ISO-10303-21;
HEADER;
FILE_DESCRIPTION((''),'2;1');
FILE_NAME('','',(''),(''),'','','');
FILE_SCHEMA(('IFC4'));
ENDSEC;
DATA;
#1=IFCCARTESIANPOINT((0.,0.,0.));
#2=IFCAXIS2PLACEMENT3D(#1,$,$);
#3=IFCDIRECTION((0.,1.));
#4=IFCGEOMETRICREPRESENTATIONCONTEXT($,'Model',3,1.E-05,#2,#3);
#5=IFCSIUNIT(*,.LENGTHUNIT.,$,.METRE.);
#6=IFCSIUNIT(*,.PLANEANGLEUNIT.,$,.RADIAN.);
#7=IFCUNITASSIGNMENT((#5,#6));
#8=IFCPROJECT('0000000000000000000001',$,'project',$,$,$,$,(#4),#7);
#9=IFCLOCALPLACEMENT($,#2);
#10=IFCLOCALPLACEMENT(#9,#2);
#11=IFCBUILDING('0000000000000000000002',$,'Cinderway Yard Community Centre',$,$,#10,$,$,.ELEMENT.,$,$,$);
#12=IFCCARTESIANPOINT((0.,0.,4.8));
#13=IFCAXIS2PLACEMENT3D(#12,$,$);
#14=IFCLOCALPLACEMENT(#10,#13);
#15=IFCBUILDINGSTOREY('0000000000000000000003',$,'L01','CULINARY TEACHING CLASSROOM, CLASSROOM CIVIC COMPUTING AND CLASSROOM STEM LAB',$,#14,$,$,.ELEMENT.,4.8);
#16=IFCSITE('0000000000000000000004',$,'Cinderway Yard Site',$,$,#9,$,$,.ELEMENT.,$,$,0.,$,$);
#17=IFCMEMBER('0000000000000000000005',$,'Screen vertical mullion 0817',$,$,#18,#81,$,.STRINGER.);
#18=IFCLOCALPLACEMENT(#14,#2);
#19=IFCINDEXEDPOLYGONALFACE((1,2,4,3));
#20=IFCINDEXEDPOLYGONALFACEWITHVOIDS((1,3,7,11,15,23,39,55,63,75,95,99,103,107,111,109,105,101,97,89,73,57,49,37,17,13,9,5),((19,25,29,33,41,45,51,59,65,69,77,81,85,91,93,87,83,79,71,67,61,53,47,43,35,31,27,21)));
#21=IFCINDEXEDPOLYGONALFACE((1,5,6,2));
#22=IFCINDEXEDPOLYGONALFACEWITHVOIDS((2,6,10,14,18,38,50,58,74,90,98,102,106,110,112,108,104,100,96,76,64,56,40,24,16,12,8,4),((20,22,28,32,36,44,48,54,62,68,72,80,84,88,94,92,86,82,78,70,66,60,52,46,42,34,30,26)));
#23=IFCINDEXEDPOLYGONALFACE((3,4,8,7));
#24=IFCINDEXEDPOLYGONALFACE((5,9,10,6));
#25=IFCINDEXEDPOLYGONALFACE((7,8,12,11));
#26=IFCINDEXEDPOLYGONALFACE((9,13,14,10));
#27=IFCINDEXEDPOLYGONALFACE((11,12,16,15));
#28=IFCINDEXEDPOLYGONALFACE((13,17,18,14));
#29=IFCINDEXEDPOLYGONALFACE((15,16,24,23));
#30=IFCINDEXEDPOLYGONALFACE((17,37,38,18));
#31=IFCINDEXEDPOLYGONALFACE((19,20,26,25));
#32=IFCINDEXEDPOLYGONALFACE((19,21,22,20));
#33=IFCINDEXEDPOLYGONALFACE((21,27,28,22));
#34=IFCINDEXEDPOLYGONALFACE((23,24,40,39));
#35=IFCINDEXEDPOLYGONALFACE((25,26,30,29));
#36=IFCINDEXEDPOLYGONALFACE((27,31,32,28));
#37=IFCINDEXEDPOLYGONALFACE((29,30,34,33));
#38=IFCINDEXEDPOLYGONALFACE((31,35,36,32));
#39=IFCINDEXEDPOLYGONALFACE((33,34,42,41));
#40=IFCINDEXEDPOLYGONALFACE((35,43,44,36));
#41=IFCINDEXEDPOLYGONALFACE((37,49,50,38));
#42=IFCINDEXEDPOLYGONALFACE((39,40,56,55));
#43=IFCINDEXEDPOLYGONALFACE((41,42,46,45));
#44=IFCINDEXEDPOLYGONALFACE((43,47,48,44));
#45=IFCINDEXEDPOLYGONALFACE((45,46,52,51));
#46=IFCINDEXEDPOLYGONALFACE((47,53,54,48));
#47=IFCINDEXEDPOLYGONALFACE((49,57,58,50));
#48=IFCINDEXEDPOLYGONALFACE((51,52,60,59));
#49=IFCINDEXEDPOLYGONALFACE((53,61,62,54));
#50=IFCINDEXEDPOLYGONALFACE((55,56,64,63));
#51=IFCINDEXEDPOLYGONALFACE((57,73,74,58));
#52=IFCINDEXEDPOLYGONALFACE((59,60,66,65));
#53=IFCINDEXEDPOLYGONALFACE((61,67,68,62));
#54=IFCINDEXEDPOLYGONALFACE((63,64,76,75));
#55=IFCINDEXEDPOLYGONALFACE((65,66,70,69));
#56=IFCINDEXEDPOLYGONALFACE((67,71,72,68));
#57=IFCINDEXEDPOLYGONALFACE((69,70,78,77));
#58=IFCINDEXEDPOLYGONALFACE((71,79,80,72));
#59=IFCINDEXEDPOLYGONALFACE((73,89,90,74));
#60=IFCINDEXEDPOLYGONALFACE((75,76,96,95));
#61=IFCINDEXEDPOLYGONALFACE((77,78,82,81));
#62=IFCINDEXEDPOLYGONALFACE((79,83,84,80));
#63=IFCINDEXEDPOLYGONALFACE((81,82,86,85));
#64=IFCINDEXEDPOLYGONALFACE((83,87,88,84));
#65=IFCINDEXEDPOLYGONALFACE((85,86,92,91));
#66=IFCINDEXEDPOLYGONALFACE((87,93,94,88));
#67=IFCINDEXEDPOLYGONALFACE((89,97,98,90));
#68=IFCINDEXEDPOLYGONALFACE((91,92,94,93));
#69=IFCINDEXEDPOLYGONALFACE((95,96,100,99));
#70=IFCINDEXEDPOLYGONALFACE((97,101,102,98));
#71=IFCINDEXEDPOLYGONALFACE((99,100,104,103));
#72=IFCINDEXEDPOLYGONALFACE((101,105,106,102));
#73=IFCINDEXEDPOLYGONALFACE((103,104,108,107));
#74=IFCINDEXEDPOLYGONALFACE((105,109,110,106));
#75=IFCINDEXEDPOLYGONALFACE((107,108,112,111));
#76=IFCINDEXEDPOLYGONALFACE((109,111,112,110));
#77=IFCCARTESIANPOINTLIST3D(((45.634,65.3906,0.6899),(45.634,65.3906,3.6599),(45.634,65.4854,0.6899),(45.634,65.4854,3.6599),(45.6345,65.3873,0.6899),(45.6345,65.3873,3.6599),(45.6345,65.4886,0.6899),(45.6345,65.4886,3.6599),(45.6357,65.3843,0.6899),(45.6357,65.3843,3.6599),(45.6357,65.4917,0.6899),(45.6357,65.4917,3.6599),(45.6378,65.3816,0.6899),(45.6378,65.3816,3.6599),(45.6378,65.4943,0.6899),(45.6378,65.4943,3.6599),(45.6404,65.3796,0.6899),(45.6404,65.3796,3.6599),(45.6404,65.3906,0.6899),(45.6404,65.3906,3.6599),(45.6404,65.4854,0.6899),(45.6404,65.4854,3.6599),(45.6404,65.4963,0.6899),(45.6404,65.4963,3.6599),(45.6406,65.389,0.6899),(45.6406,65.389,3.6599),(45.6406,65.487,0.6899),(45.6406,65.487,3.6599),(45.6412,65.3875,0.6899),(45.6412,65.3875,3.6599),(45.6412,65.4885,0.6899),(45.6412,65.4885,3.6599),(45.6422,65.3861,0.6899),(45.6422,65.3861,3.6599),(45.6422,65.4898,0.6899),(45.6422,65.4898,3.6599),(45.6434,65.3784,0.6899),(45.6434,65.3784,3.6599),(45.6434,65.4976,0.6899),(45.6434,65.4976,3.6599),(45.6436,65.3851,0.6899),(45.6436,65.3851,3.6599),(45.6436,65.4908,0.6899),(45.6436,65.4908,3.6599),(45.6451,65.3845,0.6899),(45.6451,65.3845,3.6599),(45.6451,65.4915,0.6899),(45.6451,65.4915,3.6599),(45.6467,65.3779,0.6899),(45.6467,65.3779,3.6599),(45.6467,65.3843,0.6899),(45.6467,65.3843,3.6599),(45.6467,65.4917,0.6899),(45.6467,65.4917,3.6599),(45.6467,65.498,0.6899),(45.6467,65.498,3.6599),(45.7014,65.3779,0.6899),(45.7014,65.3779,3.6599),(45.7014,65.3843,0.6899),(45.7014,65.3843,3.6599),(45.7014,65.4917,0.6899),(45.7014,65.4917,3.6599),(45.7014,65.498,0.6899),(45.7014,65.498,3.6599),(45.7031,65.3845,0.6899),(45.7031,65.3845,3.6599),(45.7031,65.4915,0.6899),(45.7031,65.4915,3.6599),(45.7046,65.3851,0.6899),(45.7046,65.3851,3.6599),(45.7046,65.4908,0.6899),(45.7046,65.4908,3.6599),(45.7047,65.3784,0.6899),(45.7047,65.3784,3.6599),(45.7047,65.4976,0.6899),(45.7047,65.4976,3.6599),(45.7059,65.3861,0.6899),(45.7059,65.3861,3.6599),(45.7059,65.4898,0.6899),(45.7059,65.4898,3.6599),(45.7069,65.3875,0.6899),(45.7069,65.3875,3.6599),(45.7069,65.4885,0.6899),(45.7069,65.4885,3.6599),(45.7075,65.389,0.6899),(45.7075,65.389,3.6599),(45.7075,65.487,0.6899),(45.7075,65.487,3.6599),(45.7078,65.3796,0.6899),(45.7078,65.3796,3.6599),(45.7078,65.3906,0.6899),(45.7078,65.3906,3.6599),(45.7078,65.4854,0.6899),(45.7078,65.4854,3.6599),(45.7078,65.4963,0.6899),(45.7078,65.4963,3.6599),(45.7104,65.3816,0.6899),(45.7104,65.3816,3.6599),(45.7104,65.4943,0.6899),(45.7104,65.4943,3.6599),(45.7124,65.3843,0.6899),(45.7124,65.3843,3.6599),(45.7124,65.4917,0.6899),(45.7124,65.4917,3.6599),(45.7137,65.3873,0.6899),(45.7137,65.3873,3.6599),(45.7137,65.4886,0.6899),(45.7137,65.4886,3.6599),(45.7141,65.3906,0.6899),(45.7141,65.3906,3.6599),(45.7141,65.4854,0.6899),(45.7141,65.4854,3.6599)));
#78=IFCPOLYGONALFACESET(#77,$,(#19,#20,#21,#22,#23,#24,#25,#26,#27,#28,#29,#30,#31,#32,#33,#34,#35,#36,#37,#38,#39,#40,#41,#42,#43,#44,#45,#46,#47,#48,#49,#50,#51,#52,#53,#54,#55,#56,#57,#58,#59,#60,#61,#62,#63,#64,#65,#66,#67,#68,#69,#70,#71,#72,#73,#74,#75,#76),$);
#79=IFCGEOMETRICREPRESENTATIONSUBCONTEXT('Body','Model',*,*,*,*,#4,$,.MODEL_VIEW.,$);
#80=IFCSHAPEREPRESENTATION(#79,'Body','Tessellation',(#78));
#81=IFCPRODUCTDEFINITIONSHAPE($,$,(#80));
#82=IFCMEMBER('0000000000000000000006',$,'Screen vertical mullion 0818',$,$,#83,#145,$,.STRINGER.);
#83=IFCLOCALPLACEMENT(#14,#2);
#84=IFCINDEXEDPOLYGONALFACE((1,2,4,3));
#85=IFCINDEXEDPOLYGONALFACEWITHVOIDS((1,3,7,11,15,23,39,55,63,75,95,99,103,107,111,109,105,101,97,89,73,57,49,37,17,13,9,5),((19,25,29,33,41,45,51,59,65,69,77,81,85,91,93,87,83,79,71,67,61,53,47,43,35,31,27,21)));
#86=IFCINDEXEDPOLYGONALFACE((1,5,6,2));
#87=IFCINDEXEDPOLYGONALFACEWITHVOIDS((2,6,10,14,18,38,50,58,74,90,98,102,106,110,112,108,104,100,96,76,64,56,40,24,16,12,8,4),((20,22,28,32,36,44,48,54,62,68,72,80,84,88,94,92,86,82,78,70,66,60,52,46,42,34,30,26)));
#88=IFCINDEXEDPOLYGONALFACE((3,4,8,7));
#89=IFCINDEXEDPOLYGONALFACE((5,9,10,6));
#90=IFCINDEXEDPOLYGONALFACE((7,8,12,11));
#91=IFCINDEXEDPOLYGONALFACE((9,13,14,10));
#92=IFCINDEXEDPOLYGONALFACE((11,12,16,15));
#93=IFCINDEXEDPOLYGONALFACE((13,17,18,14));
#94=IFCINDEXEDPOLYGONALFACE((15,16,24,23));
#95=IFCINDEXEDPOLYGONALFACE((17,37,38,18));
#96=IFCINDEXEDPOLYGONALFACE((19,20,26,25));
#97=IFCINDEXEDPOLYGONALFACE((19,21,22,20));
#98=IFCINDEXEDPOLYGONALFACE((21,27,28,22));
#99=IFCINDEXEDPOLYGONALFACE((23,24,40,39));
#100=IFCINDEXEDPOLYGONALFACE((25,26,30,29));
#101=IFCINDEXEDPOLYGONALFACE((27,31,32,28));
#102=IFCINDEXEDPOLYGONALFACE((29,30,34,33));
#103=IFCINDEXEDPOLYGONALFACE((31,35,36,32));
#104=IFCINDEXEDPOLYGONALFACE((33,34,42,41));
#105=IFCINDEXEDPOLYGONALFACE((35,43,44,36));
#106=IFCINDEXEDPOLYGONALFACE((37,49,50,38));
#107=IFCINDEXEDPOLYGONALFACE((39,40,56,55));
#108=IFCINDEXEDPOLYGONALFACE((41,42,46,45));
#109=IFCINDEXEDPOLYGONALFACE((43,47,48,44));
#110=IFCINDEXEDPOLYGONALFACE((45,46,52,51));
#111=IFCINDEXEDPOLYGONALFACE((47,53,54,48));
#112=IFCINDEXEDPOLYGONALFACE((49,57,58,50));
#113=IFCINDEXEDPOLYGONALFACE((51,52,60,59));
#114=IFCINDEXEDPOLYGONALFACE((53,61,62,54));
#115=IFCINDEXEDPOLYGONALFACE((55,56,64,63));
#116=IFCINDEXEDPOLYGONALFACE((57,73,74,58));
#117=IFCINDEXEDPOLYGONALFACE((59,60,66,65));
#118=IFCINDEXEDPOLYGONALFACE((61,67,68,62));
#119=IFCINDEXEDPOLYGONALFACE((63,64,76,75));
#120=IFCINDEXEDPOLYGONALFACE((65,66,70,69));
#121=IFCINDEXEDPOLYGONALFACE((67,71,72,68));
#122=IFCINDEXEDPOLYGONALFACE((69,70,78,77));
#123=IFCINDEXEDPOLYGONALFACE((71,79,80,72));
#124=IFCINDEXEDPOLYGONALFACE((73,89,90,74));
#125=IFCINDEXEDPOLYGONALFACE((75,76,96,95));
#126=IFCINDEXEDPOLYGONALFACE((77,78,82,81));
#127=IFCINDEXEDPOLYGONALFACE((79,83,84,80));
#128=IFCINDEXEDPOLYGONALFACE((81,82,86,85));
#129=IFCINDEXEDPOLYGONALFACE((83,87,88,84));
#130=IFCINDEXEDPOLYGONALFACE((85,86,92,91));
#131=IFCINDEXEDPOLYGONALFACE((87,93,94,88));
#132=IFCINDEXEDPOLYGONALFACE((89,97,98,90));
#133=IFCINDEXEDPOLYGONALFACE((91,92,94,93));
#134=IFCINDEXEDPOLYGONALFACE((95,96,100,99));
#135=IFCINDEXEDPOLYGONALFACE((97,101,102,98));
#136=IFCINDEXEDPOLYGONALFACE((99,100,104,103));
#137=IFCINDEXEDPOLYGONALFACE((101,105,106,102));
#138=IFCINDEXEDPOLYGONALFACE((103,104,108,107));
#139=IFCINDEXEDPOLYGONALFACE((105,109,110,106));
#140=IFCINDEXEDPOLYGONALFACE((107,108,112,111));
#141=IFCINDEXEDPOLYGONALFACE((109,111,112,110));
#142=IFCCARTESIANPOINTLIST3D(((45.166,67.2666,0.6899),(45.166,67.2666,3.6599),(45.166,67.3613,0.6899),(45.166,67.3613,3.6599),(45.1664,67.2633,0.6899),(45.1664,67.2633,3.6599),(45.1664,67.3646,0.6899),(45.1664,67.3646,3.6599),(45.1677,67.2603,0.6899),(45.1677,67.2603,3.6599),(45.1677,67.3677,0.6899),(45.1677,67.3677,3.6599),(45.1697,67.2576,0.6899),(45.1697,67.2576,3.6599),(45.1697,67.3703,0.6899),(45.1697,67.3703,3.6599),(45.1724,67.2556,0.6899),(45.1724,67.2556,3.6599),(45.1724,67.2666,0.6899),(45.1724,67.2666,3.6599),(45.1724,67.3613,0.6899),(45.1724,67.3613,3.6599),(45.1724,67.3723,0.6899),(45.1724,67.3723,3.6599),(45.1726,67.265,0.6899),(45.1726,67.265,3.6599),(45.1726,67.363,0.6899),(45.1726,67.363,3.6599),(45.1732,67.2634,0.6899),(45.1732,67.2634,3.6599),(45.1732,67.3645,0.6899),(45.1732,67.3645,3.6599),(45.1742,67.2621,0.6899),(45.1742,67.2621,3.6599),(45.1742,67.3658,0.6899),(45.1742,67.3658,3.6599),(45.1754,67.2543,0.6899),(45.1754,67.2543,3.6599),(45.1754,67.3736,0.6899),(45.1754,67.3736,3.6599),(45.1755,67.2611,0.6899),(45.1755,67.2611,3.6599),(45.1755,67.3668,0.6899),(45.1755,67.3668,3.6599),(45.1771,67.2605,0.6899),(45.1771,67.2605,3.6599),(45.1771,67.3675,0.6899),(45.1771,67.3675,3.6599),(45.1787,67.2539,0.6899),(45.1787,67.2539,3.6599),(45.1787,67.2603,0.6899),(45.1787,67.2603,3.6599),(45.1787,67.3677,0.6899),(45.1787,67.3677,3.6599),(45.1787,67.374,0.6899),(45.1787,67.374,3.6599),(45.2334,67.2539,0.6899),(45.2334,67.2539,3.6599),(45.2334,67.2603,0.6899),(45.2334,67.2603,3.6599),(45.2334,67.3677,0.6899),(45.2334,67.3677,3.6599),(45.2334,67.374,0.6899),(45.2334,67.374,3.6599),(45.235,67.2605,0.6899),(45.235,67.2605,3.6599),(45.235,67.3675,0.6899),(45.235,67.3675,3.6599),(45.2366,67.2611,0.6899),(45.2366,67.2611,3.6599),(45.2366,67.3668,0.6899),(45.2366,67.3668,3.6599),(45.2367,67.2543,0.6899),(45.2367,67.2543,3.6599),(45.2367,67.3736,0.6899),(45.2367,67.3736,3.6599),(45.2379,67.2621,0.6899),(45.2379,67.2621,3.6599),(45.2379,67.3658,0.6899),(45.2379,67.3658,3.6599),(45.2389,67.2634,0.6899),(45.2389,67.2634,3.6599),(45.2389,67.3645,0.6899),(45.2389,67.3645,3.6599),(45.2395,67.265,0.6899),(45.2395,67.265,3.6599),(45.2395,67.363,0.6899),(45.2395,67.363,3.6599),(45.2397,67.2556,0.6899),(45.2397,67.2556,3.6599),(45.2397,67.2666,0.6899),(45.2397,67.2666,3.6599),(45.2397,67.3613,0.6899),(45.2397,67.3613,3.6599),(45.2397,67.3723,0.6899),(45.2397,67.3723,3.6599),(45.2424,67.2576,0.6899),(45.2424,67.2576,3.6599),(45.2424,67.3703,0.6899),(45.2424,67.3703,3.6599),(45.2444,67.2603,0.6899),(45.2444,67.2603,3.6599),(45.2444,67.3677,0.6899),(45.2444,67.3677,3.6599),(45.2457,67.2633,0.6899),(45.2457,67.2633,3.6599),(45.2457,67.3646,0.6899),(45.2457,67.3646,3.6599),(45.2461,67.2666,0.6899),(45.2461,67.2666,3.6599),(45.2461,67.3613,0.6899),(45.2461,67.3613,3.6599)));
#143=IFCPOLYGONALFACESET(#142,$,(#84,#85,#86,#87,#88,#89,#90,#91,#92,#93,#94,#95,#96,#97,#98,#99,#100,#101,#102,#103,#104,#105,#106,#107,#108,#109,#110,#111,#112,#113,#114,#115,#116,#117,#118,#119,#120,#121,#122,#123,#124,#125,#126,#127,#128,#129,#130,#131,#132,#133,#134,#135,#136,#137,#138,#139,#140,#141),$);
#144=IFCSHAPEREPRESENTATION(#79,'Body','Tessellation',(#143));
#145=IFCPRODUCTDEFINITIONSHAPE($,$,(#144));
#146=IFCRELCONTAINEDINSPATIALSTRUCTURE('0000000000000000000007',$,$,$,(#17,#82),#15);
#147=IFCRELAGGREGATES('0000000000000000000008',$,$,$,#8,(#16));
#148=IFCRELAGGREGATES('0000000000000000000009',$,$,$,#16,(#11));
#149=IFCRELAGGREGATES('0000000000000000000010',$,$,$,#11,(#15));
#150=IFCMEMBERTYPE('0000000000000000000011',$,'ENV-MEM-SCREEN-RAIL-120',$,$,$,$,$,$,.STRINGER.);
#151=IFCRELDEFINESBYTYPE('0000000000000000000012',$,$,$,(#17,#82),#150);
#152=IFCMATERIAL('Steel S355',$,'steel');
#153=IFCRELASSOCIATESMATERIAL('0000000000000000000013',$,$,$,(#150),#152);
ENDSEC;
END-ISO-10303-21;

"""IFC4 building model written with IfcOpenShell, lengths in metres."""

from ifc_helpers import new_model, si_unit, direction, frame, origin, origin_2d, place, context, subcontext, project, spatial, hollow_rectangle, extrude, material, material_profile, profile_set, type_object, element, save


model = new_model("IFC4")

# Units and contexts
model_context = context("Model", 3, precision=1e-05, world=origin(), true_north=direction((0.0, 1.0)))
body_context = subcontext(model_context, "Body", "Model", "MODEL_VIEW")
ifc_project = project(units=[si_unit("LENGTHUNIT", "METRE"), si_unit("PLANEANGLEUNIT", "RADIAN")], contexts=[model_context])

# Site, building, storey
site_placement = place(None, origin())
site = spatial("IfcSite", under=ifc_project, at=site_placement, Name="Cinderway Yard Site", CompositionType="ELEMENT", RefElevation=0.0)
building_placement = place(site_placement, origin())
building = spatial("IfcBuilding", under=site, at=building_placement, Name="Cinderway Yard Community Centre", CompositionType="ELEMENT")
storey_placement = place(building_placement, frame((0.0, 0.0, 4.8)))
storey = spatial("IfcBuildingStorey", under=building, at=storey_placement, Name="L01", Description="CULINARY TEACHING CLASSROOM, CLASSROOM CIVIC COMPUTING AND CLASSROOM STEM LAB", CompositionType="ELEMENT", Elevation=4.8)

# Members
ifc_material_1 = material(Name="Steel S355", Category="steel")
ifc_material_profile_1 = material_profile(ifc_material_1, hollow_rectangle(XDim=0.0801, YDim=0.1201, WallThickness=0.0063, InnerFilletRadius=0.0063, OuterFilletRadius=0.0127, at=origin_2d()), Name="Steel S355")
ifc_profile_set_1 = profile_set([ifc_material_profile_1], Name="Steel S355")
member_type_1 = type_object("IfcMemberType", Name="ENV-MEM-SCREEN-RAIL-120", PredefinedType="STRINGER", material=ifc_profile_set_1)
for number, where, z_axis, x_axis, name in (
    (1, (45.6741, 65.438, 0.6899), (0.0, 0.0, 1.0), (1.0, 0.0, 0.0), "Screen vertical mullion 0817"),
    (2, (45.2061, 67.314, 0.6899), (0.0, 0.0, 1.0), (1.0, 0.0, 0.0), "Screen vertical mullion 0818"),
):
    element("IfcMember", number, at=place(storey_placement, frame(where, z_axis=z_axis, x_axis=x_axis)), inside=storey, type_object=member_type_1, Name=name, PredefinedType="STRINGER", context=body_context, shape_type="SweptSolid", body=[
        extrude(hollow_rectangle(XDim=0.0801, YDim=0.1201, WallThickness=0.0063, InnerFilletRadius=0.0063, OuterFilletRadius=0.0127, at=origin_2d()), origin(), (0.0, 0.0, 1.0), 2.97),
    ])

save(model, "model.ifc")
